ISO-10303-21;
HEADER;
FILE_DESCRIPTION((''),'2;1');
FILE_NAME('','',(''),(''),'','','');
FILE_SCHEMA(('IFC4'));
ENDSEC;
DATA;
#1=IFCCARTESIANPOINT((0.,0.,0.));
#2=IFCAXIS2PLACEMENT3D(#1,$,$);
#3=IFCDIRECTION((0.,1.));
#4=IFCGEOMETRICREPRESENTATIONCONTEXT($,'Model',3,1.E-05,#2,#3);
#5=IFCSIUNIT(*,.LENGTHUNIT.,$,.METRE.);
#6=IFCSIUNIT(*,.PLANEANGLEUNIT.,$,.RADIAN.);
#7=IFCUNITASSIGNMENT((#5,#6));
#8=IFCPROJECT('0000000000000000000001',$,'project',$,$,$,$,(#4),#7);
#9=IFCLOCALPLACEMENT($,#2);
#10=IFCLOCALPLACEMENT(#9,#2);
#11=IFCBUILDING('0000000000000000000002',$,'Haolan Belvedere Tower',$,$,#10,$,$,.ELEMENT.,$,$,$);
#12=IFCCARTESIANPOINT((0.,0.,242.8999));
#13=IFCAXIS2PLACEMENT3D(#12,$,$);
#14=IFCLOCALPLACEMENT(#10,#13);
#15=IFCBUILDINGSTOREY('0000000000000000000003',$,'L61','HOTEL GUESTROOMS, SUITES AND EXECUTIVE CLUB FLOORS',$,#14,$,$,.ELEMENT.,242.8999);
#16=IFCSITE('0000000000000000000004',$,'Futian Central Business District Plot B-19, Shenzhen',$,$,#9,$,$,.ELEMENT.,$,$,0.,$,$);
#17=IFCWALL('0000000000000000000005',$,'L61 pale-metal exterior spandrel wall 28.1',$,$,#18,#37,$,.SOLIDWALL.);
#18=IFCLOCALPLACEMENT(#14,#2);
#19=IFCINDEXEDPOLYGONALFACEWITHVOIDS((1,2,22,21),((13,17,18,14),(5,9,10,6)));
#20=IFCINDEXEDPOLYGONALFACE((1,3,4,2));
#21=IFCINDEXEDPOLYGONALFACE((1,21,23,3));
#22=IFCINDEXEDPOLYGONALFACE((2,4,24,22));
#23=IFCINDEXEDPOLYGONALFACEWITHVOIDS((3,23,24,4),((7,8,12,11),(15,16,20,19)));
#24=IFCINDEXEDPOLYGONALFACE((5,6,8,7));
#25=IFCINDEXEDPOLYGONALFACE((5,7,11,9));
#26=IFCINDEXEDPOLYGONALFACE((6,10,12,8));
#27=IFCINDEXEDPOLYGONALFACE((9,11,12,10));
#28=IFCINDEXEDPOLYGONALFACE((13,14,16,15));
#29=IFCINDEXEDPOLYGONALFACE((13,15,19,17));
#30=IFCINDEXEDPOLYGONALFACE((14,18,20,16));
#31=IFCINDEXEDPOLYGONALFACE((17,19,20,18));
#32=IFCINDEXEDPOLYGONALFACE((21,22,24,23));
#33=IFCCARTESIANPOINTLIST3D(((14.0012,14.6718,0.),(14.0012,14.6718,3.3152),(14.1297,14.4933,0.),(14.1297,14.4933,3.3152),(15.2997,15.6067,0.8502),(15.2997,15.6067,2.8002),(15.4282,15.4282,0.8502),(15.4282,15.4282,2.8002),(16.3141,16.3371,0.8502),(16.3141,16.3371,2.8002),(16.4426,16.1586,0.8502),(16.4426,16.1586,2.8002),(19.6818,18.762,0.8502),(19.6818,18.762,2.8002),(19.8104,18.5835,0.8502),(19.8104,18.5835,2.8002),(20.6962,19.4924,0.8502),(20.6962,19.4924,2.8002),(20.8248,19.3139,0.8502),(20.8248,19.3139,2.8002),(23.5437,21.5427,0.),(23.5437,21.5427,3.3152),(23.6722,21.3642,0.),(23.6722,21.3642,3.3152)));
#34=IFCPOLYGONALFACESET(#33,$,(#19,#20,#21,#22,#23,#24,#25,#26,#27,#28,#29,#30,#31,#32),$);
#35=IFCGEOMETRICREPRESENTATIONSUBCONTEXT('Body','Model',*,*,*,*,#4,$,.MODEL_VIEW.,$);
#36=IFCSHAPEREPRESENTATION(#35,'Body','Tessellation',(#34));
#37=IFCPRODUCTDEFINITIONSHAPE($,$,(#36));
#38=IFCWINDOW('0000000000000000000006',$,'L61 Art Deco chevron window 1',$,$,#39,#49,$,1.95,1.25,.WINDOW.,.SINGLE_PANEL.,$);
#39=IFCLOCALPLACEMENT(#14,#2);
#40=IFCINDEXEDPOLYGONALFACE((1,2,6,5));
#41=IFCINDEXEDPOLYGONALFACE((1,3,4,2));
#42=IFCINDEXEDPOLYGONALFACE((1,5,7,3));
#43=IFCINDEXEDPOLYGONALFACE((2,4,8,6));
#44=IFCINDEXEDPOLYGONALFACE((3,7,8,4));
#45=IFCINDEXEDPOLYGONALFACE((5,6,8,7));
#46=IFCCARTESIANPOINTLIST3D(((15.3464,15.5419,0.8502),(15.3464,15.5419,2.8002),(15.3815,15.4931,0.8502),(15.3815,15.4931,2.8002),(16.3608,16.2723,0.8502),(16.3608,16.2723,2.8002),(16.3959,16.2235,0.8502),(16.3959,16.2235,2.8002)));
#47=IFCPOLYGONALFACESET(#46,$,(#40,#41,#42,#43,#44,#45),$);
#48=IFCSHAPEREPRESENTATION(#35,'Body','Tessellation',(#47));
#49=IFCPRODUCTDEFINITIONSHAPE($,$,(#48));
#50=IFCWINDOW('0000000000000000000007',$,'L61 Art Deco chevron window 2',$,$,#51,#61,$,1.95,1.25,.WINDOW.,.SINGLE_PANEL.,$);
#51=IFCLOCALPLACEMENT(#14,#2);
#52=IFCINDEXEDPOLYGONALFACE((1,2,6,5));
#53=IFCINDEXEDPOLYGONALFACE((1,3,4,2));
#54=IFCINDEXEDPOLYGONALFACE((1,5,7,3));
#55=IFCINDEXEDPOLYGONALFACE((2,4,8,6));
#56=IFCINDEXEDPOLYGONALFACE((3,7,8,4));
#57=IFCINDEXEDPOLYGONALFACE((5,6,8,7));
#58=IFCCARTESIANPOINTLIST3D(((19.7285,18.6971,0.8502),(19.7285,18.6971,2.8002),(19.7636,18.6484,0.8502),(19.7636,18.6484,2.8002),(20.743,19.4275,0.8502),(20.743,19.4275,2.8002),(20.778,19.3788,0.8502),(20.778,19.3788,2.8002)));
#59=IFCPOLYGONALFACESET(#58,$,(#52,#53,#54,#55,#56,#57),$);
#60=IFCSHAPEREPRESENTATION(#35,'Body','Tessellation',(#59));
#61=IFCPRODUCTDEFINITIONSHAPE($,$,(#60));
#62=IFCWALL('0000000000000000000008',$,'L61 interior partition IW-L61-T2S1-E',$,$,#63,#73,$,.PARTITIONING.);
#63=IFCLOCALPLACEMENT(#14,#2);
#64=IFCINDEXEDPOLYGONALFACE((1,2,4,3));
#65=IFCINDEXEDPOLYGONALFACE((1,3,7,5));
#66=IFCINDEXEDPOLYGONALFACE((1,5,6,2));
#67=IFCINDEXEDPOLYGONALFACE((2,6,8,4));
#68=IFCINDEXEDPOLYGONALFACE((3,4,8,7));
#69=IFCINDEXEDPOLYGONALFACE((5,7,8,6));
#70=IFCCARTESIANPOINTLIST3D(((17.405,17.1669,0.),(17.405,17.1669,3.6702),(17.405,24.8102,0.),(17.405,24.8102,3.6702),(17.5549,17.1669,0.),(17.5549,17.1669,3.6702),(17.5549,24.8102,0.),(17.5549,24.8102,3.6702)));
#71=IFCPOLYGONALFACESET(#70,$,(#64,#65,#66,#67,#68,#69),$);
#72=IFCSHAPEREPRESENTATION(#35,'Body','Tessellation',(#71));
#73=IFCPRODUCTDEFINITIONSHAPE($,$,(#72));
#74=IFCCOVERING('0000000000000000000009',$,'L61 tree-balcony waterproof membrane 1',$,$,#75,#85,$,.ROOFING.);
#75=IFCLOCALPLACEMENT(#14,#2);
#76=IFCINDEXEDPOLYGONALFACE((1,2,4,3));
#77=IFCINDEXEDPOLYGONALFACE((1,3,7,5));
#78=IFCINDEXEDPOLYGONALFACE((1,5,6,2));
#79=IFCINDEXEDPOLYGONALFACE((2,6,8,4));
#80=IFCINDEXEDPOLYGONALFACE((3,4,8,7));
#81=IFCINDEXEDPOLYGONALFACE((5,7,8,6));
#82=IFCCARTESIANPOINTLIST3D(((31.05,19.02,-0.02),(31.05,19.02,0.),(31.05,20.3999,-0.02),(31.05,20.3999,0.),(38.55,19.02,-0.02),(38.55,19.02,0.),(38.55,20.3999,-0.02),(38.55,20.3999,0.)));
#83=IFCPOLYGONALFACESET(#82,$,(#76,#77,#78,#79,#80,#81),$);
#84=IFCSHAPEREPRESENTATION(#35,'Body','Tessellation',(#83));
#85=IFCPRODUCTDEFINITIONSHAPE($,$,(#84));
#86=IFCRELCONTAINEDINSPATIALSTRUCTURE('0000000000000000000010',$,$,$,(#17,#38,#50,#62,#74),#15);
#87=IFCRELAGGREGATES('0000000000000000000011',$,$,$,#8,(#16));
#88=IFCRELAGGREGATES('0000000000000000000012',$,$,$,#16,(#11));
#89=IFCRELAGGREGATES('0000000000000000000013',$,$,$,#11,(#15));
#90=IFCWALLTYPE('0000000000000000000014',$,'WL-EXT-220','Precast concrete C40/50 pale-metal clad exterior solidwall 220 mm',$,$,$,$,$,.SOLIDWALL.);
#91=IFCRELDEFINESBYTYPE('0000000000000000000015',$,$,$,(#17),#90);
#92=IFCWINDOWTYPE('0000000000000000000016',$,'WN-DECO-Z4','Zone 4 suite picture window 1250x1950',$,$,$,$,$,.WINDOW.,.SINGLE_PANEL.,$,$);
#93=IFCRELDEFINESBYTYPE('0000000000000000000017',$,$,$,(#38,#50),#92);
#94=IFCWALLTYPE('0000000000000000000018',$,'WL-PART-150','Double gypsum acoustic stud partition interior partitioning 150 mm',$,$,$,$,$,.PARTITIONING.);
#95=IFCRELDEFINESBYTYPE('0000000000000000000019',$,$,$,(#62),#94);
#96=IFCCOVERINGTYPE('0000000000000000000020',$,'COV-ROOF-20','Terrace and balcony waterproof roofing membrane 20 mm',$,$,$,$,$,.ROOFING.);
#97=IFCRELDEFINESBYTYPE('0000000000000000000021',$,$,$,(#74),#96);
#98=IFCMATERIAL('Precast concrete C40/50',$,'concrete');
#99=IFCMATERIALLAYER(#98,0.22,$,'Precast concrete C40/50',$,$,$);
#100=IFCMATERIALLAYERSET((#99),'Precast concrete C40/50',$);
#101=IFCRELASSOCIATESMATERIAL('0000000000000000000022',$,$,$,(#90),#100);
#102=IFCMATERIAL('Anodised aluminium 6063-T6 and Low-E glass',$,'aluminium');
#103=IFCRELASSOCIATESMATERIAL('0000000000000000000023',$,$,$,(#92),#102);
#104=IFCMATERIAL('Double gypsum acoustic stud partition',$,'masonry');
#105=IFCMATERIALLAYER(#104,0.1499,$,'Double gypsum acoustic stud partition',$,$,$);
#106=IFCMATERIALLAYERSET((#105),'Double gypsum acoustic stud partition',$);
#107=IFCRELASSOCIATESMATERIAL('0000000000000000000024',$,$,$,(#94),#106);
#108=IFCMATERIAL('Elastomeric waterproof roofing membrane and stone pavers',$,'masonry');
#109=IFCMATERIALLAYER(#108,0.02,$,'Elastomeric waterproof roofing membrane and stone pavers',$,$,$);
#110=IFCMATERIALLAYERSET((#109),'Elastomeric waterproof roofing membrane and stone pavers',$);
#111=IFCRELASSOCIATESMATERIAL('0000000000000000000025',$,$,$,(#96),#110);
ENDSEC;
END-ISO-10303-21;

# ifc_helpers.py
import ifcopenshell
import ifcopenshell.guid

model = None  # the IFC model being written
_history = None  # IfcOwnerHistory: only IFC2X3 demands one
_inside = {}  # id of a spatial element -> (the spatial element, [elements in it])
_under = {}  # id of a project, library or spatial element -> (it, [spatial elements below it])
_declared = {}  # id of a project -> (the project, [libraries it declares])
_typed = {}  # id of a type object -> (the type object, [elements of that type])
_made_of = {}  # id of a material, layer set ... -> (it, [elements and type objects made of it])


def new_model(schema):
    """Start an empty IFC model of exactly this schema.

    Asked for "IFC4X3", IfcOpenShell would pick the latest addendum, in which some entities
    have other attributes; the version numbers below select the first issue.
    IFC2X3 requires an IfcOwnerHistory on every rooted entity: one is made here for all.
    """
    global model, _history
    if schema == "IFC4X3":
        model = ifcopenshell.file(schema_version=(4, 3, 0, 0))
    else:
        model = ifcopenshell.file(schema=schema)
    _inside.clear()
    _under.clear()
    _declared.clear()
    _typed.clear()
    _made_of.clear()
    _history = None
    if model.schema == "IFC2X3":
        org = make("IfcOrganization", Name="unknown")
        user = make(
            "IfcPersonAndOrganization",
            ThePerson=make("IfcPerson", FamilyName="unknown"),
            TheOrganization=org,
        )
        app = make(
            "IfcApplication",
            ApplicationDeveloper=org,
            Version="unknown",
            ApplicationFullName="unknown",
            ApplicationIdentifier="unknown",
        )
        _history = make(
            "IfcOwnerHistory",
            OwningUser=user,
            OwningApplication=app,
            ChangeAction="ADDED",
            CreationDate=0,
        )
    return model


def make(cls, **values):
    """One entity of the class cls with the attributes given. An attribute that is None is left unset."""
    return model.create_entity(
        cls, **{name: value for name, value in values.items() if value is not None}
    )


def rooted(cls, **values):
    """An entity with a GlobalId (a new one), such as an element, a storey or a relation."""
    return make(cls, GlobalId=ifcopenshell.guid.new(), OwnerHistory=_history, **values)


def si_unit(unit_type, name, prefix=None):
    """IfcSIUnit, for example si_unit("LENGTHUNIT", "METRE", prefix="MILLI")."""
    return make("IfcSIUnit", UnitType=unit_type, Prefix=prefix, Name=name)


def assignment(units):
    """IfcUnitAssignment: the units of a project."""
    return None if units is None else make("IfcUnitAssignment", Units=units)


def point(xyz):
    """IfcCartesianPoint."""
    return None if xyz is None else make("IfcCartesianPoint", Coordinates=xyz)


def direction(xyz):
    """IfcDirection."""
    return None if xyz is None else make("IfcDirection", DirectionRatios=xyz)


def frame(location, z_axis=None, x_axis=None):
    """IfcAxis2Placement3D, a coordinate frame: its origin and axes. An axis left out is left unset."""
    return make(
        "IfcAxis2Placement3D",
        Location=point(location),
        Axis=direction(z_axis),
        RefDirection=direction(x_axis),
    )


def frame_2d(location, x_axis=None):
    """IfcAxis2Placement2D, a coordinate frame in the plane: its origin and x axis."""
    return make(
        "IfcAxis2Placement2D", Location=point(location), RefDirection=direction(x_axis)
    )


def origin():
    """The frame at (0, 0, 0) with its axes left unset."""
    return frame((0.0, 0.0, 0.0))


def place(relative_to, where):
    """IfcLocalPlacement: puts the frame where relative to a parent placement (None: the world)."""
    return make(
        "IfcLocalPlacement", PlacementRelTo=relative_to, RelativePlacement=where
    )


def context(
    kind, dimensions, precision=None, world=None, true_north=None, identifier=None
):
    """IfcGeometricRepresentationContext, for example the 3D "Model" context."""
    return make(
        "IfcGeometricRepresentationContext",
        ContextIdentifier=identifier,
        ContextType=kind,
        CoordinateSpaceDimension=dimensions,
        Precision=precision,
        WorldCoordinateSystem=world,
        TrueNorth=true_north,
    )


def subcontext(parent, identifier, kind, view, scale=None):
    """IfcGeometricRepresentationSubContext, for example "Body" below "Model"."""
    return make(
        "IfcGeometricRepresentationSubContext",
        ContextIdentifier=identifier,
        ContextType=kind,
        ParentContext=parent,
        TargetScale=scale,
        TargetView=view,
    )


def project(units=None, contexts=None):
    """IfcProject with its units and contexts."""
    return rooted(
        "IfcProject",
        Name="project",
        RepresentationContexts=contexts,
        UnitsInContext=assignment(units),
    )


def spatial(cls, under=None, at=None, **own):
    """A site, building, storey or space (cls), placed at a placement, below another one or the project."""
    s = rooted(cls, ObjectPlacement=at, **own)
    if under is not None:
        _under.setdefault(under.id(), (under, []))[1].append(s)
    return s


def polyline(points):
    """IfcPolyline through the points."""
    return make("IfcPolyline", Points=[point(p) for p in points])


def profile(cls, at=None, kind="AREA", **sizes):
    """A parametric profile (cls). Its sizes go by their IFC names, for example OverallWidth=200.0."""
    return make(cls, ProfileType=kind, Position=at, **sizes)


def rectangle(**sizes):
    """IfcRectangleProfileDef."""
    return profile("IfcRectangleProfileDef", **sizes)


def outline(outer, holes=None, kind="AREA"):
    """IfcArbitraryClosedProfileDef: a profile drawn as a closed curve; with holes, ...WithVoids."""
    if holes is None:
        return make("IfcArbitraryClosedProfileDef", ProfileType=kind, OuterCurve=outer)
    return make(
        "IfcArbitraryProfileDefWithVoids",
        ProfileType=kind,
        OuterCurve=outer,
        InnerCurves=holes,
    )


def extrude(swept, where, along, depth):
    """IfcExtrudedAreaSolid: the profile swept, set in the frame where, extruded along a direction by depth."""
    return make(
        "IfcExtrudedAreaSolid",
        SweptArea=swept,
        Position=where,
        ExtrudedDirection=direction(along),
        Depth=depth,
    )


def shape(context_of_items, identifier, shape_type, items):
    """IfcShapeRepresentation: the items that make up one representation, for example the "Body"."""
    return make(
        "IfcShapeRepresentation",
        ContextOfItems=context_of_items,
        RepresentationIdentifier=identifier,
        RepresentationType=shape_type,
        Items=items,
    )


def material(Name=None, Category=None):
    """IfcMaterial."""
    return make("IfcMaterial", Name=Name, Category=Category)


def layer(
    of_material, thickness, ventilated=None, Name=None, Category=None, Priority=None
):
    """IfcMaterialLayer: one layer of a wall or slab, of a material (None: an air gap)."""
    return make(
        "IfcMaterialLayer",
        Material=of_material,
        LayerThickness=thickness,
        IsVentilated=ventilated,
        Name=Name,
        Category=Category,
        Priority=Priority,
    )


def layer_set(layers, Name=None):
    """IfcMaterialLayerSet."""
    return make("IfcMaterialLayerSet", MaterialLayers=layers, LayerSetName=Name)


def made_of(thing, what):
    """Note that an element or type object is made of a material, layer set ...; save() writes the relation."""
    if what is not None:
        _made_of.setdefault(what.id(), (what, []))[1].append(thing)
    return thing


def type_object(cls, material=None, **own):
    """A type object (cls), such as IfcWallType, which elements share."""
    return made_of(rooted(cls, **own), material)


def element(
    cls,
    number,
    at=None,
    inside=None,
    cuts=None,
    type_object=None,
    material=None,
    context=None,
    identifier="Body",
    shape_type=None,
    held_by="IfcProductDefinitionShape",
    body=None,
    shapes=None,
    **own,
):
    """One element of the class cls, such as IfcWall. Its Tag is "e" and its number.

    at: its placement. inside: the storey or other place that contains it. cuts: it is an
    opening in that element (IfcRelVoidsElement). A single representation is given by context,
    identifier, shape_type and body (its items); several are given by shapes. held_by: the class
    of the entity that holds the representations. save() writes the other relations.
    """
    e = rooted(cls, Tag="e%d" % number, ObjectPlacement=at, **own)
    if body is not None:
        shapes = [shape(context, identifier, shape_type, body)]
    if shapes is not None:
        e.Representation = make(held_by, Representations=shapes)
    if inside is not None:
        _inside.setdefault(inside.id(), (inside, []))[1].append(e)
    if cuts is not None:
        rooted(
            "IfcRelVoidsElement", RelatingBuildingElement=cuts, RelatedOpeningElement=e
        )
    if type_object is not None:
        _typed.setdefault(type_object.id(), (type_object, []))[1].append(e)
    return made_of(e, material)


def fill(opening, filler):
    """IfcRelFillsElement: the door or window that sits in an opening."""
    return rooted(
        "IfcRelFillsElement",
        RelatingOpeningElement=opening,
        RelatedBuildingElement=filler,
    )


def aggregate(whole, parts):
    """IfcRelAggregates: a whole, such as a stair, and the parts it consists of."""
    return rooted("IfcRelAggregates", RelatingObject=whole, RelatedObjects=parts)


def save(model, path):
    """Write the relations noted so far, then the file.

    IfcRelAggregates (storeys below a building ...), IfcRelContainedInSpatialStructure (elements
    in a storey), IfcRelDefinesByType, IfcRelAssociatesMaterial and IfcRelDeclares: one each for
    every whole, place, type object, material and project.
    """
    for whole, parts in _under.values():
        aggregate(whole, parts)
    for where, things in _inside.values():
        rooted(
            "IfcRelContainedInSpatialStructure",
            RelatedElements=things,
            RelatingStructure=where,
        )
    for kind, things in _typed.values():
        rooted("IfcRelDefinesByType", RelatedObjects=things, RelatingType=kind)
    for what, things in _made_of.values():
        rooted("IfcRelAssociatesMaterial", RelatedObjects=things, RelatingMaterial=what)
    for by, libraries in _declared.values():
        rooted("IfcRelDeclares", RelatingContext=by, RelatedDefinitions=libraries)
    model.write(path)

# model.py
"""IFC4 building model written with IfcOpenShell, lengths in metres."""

from ifc_helpers import new_model, si_unit, direction, frame, frame_2d, origin, place, context, subcontext, project, spatial, polyline, rectangle, outline, extrude, material, layer, layer_set, type_object, element, fill, save


model = new_model("IFC4")

# Units and contexts
model_context = context("Model", 3, precision=1e-05, world=origin(), true_north=direction((0.0, 1.0)))
body_context = subcontext(model_context, "Body", "Model", "MODEL_VIEW")
ifc_project = project(units=[si_unit("LENGTHUNIT", "METRE"), si_unit("PLANEANGLEUNIT", "RADIAN")], contexts=[model_context])

# Site, building, storey
site_placement = place(None, origin())
site = spatial("IfcSite", under=ifc_project, at=site_placement, Name="Futian Central Business District Plot B-19, Shenzhen", CompositionType="ELEMENT", RefElevation=0.0)
building_placement = place(site_placement, origin())
building = spatial("IfcBuilding", under=site, at=building_placement, Name="Haolan Belvedere Tower", CompositionType="ELEMENT")
storey_placement = place(building_placement, frame((0.0, 0.0, 242.8999)))
storey = spatial("IfcBuildingStorey", under=building, at=storey_placement, Name="L61", Description="HOTEL GUESTROOMS, SUITES AND EXECUTIVE CLUB FLOORS", CompositionType="ELEMENT", Elevation=242.8999)

# Shared definitions
ifc_material_1 = material(Name="Precast concrete C40/50", Category="concrete")
ifc_layer_1 = layer(ifc_material_1, 0.22, Name="Precast concrete C40/50")
ifc_layer_set_1 = layer_set([ifc_layer_1], Name="Precast concrete C40/50")
wall_type_1 = type_object("IfcWallType", Name="WL-EXT-220", Description="Precast concrete C40/50 pale-metal clad exterior solidwall 220 mm", PredefinedType="SOLIDWALL", material=ifc_layer_set_1)

# Wall, openings, windows
wall_1_placement = place(storey_placement, frame((14.0654, 14.5825, 0.0), z_axis=(0.0, 0.0, 1.0), x_axis=(0.811524, 0.584319, 0.0)))
wall_1 = element("IfcWall", 1, at=wall_1_placement, inside=storey, type_object=wall_type_1, Name="L61 pale-metal exterior spandrel wall 28.1", PredefinedType="SOLIDWALL", context=body_context, shape_type="SweptSolid", body=[
    extrude(rectangle(XDim=11.7588, YDim=0.22, at=frame_2d((5.8794, 0.0))), origin(), (0.0, 0.0, 1.0), 3.3152),
])
opening_1_placement = place(wall_1_placement, frame((1.6001, 0.0, 0.8501)))
opening_1 = element("IfcOpeningElement", 2, at=opening_1_placement, cuts=wall_1, PredefinedType="OPENING", context=body_context, shape_type="SweptSolid", body=[
    extrude(rectangle(XDim=1.25, YDim=1.95, at=frame_2d((0.625, 0.9751))), frame((0.0, 0.1199, 0.0), z_axis=(0.0, -1.0, 0.0), x_axis=(1.0, 0.0, 0.0)), (0.0, 0.0, 1.0), 0.24),
])
opening_2_placement = place(wall_1_placement, frame((7.0, 0.0, 0.8501)))
opening_2 = element("IfcOpeningElement", 3, at=opening_2_placement, cuts=wall_1, PredefinedType="OPENING", context=body_context, shape_type="SweptSolid", body=[
    extrude(rectangle(XDim=1.25, YDim=1.95, at=frame_2d((0.625, 0.9751))), frame((0.0, 0.1199, 0.0), z_axis=(0.0, -1.0, 0.0), x_axis=(1.0, 0.0, 0.0)), (0.0, 0.0, 1.0), 0.24),
])
ifc_material_2 = material(Name="Anodised aluminium 6063-T6 and Low-E glass", Category="aluminium")
window_type = type_object("IfcWindowType", Name="WN-DECO-Z4", Description="Zone 4 suite picture window 1250x1950", PartitioningType="SINGLE_PANEL", PredefinedType="WINDOW", material=ifc_material_2)
window_1_placement = place(opening_1_placement, origin())
window_1 = element("IfcWindow", 4, at=window_1_placement, inside=storey, type_object=window_type, Name="L61 Art Deco chevron window 1", OverallHeight=1.95, OverallWidth=1.25, PartitioningType="SINGLE_PANEL", PredefinedType="WINDOW", context=body_context, shape_type="SweptSolid", body=[
    extrude(rectangle(XDim=1.25, YDim=1.95, at=frame_2d((0.625, 0.9751))), frame((0.0, 0.03, 0.0), z_axis=(0.0, -1.0, 0.0), x_axis=(1.0, 0.0, 0.0)), (0.0, 0.0, 1.0), 0.0601),
])
fill(opening_1, window_1)
window_2_placement = place(opening_2_placement, origin())
window_2 = element("IfcWindow", 5, at=window_2_placement, inside=storey, type_object=window_type, Name="L61 Art Deco chevron window 2", OverallHeight=1.95, OverallWidth=1.25, PartitioningType="SINGLE_PANEL", PredefinedType="WINDOW", context=body_context, shape_type="SweptSolid", body=[
    extrude(rectangle(XDim=1.25, YDim=1.95, at=frame_2d((0.625, 0.9751))), frame((0.0, 0.03, 0.0), z_axis=(0.0, -1.0, 0.0), x_axis=(1.0, 0.0, 0.0)), (0.0, 0.0, 1.0), 0.0601),
])
fill(opening_2, window_2)

# Wall
ifc_material_3 = material(Name="Double gypsum acoustic stud partition", Category="masonry")
ifc_layer_2 = layer(ifc_material_3, 0.1499, Name="Double gypsum acoustic stud partition")
ifc_layer_set_2 = layer_set([ifc_layer_2], Name="Double gypsum acoustic stud partition")
wall_type_2 = type_object("IfcWallType", Name="WL-PART-150", Description="Double gypsum acoustic stud partition interior partitioning 150 mm", PredefinedType="PARTITIONING", material=ifc_layer_set_2)
wall_2_placement = place(storey_placement, frame((17.48, 17.1667, 0.0), z_axis=(0.0, 0.0, 1.0), x_axis=(0.0, 1.0, 0.0)))
element("IfcWall", 6, at=wall_2_placement, inside=storey, type_object=wall_type_2, Name="L61 interior partition IW-L61-T2S1-E", PredefinedType="PARTITIONING", context=body_context, shape_type="SweptSolid", body=[
    extrude(rectangle(XDim=7.6433, YDim=0.1499, at=frame_2d((3.8218, 0.0))), origin(), (0.0, 0.0, 1.0), 3.6702),
])

# Covering
ifc_material_4 = material(Name="Elastomeric waterproof roofing membrane and stone pavers", Category="masonry")
ifc_layer_3 = layer(ifc_material_4, 0.02, Name="Elastomeric waterproof roofing membrane and stone pavers")
ifc_layer_set_3 = layer_set([ifc_layer_3], Name="Elastomeric waterproof roofing membrane and stone pavers")
covering_type = type_object("IfcCoveringType", Name="COV-ROOF-20", Description="Terrace and balcony waterproof roofing membrane 20 mm", PredefinedType="ROOFING", material=ifc_layer_set_3)
covering_placement = place(storey_placement, frame((0.0, 0.0, -0.02)))
element("IfcCovering", 7, at=covering_placement, inside=storey, type_object=covering_type, Name="L61 tree-balcony waterproof membrane 1", PredefinedType="ROOFING", context=body_context, shape_type="SweptSolid", body=[
    extrude(outline(polyline([(31.05, 19.02), (38.55, 19.02), (38.55, 20.3999), (31.05, 20.3999), (31.05, 19.02)])), origin(), (0.0, 0.0, 1.0), 0.02),
])

save(model, "model.ifc")
